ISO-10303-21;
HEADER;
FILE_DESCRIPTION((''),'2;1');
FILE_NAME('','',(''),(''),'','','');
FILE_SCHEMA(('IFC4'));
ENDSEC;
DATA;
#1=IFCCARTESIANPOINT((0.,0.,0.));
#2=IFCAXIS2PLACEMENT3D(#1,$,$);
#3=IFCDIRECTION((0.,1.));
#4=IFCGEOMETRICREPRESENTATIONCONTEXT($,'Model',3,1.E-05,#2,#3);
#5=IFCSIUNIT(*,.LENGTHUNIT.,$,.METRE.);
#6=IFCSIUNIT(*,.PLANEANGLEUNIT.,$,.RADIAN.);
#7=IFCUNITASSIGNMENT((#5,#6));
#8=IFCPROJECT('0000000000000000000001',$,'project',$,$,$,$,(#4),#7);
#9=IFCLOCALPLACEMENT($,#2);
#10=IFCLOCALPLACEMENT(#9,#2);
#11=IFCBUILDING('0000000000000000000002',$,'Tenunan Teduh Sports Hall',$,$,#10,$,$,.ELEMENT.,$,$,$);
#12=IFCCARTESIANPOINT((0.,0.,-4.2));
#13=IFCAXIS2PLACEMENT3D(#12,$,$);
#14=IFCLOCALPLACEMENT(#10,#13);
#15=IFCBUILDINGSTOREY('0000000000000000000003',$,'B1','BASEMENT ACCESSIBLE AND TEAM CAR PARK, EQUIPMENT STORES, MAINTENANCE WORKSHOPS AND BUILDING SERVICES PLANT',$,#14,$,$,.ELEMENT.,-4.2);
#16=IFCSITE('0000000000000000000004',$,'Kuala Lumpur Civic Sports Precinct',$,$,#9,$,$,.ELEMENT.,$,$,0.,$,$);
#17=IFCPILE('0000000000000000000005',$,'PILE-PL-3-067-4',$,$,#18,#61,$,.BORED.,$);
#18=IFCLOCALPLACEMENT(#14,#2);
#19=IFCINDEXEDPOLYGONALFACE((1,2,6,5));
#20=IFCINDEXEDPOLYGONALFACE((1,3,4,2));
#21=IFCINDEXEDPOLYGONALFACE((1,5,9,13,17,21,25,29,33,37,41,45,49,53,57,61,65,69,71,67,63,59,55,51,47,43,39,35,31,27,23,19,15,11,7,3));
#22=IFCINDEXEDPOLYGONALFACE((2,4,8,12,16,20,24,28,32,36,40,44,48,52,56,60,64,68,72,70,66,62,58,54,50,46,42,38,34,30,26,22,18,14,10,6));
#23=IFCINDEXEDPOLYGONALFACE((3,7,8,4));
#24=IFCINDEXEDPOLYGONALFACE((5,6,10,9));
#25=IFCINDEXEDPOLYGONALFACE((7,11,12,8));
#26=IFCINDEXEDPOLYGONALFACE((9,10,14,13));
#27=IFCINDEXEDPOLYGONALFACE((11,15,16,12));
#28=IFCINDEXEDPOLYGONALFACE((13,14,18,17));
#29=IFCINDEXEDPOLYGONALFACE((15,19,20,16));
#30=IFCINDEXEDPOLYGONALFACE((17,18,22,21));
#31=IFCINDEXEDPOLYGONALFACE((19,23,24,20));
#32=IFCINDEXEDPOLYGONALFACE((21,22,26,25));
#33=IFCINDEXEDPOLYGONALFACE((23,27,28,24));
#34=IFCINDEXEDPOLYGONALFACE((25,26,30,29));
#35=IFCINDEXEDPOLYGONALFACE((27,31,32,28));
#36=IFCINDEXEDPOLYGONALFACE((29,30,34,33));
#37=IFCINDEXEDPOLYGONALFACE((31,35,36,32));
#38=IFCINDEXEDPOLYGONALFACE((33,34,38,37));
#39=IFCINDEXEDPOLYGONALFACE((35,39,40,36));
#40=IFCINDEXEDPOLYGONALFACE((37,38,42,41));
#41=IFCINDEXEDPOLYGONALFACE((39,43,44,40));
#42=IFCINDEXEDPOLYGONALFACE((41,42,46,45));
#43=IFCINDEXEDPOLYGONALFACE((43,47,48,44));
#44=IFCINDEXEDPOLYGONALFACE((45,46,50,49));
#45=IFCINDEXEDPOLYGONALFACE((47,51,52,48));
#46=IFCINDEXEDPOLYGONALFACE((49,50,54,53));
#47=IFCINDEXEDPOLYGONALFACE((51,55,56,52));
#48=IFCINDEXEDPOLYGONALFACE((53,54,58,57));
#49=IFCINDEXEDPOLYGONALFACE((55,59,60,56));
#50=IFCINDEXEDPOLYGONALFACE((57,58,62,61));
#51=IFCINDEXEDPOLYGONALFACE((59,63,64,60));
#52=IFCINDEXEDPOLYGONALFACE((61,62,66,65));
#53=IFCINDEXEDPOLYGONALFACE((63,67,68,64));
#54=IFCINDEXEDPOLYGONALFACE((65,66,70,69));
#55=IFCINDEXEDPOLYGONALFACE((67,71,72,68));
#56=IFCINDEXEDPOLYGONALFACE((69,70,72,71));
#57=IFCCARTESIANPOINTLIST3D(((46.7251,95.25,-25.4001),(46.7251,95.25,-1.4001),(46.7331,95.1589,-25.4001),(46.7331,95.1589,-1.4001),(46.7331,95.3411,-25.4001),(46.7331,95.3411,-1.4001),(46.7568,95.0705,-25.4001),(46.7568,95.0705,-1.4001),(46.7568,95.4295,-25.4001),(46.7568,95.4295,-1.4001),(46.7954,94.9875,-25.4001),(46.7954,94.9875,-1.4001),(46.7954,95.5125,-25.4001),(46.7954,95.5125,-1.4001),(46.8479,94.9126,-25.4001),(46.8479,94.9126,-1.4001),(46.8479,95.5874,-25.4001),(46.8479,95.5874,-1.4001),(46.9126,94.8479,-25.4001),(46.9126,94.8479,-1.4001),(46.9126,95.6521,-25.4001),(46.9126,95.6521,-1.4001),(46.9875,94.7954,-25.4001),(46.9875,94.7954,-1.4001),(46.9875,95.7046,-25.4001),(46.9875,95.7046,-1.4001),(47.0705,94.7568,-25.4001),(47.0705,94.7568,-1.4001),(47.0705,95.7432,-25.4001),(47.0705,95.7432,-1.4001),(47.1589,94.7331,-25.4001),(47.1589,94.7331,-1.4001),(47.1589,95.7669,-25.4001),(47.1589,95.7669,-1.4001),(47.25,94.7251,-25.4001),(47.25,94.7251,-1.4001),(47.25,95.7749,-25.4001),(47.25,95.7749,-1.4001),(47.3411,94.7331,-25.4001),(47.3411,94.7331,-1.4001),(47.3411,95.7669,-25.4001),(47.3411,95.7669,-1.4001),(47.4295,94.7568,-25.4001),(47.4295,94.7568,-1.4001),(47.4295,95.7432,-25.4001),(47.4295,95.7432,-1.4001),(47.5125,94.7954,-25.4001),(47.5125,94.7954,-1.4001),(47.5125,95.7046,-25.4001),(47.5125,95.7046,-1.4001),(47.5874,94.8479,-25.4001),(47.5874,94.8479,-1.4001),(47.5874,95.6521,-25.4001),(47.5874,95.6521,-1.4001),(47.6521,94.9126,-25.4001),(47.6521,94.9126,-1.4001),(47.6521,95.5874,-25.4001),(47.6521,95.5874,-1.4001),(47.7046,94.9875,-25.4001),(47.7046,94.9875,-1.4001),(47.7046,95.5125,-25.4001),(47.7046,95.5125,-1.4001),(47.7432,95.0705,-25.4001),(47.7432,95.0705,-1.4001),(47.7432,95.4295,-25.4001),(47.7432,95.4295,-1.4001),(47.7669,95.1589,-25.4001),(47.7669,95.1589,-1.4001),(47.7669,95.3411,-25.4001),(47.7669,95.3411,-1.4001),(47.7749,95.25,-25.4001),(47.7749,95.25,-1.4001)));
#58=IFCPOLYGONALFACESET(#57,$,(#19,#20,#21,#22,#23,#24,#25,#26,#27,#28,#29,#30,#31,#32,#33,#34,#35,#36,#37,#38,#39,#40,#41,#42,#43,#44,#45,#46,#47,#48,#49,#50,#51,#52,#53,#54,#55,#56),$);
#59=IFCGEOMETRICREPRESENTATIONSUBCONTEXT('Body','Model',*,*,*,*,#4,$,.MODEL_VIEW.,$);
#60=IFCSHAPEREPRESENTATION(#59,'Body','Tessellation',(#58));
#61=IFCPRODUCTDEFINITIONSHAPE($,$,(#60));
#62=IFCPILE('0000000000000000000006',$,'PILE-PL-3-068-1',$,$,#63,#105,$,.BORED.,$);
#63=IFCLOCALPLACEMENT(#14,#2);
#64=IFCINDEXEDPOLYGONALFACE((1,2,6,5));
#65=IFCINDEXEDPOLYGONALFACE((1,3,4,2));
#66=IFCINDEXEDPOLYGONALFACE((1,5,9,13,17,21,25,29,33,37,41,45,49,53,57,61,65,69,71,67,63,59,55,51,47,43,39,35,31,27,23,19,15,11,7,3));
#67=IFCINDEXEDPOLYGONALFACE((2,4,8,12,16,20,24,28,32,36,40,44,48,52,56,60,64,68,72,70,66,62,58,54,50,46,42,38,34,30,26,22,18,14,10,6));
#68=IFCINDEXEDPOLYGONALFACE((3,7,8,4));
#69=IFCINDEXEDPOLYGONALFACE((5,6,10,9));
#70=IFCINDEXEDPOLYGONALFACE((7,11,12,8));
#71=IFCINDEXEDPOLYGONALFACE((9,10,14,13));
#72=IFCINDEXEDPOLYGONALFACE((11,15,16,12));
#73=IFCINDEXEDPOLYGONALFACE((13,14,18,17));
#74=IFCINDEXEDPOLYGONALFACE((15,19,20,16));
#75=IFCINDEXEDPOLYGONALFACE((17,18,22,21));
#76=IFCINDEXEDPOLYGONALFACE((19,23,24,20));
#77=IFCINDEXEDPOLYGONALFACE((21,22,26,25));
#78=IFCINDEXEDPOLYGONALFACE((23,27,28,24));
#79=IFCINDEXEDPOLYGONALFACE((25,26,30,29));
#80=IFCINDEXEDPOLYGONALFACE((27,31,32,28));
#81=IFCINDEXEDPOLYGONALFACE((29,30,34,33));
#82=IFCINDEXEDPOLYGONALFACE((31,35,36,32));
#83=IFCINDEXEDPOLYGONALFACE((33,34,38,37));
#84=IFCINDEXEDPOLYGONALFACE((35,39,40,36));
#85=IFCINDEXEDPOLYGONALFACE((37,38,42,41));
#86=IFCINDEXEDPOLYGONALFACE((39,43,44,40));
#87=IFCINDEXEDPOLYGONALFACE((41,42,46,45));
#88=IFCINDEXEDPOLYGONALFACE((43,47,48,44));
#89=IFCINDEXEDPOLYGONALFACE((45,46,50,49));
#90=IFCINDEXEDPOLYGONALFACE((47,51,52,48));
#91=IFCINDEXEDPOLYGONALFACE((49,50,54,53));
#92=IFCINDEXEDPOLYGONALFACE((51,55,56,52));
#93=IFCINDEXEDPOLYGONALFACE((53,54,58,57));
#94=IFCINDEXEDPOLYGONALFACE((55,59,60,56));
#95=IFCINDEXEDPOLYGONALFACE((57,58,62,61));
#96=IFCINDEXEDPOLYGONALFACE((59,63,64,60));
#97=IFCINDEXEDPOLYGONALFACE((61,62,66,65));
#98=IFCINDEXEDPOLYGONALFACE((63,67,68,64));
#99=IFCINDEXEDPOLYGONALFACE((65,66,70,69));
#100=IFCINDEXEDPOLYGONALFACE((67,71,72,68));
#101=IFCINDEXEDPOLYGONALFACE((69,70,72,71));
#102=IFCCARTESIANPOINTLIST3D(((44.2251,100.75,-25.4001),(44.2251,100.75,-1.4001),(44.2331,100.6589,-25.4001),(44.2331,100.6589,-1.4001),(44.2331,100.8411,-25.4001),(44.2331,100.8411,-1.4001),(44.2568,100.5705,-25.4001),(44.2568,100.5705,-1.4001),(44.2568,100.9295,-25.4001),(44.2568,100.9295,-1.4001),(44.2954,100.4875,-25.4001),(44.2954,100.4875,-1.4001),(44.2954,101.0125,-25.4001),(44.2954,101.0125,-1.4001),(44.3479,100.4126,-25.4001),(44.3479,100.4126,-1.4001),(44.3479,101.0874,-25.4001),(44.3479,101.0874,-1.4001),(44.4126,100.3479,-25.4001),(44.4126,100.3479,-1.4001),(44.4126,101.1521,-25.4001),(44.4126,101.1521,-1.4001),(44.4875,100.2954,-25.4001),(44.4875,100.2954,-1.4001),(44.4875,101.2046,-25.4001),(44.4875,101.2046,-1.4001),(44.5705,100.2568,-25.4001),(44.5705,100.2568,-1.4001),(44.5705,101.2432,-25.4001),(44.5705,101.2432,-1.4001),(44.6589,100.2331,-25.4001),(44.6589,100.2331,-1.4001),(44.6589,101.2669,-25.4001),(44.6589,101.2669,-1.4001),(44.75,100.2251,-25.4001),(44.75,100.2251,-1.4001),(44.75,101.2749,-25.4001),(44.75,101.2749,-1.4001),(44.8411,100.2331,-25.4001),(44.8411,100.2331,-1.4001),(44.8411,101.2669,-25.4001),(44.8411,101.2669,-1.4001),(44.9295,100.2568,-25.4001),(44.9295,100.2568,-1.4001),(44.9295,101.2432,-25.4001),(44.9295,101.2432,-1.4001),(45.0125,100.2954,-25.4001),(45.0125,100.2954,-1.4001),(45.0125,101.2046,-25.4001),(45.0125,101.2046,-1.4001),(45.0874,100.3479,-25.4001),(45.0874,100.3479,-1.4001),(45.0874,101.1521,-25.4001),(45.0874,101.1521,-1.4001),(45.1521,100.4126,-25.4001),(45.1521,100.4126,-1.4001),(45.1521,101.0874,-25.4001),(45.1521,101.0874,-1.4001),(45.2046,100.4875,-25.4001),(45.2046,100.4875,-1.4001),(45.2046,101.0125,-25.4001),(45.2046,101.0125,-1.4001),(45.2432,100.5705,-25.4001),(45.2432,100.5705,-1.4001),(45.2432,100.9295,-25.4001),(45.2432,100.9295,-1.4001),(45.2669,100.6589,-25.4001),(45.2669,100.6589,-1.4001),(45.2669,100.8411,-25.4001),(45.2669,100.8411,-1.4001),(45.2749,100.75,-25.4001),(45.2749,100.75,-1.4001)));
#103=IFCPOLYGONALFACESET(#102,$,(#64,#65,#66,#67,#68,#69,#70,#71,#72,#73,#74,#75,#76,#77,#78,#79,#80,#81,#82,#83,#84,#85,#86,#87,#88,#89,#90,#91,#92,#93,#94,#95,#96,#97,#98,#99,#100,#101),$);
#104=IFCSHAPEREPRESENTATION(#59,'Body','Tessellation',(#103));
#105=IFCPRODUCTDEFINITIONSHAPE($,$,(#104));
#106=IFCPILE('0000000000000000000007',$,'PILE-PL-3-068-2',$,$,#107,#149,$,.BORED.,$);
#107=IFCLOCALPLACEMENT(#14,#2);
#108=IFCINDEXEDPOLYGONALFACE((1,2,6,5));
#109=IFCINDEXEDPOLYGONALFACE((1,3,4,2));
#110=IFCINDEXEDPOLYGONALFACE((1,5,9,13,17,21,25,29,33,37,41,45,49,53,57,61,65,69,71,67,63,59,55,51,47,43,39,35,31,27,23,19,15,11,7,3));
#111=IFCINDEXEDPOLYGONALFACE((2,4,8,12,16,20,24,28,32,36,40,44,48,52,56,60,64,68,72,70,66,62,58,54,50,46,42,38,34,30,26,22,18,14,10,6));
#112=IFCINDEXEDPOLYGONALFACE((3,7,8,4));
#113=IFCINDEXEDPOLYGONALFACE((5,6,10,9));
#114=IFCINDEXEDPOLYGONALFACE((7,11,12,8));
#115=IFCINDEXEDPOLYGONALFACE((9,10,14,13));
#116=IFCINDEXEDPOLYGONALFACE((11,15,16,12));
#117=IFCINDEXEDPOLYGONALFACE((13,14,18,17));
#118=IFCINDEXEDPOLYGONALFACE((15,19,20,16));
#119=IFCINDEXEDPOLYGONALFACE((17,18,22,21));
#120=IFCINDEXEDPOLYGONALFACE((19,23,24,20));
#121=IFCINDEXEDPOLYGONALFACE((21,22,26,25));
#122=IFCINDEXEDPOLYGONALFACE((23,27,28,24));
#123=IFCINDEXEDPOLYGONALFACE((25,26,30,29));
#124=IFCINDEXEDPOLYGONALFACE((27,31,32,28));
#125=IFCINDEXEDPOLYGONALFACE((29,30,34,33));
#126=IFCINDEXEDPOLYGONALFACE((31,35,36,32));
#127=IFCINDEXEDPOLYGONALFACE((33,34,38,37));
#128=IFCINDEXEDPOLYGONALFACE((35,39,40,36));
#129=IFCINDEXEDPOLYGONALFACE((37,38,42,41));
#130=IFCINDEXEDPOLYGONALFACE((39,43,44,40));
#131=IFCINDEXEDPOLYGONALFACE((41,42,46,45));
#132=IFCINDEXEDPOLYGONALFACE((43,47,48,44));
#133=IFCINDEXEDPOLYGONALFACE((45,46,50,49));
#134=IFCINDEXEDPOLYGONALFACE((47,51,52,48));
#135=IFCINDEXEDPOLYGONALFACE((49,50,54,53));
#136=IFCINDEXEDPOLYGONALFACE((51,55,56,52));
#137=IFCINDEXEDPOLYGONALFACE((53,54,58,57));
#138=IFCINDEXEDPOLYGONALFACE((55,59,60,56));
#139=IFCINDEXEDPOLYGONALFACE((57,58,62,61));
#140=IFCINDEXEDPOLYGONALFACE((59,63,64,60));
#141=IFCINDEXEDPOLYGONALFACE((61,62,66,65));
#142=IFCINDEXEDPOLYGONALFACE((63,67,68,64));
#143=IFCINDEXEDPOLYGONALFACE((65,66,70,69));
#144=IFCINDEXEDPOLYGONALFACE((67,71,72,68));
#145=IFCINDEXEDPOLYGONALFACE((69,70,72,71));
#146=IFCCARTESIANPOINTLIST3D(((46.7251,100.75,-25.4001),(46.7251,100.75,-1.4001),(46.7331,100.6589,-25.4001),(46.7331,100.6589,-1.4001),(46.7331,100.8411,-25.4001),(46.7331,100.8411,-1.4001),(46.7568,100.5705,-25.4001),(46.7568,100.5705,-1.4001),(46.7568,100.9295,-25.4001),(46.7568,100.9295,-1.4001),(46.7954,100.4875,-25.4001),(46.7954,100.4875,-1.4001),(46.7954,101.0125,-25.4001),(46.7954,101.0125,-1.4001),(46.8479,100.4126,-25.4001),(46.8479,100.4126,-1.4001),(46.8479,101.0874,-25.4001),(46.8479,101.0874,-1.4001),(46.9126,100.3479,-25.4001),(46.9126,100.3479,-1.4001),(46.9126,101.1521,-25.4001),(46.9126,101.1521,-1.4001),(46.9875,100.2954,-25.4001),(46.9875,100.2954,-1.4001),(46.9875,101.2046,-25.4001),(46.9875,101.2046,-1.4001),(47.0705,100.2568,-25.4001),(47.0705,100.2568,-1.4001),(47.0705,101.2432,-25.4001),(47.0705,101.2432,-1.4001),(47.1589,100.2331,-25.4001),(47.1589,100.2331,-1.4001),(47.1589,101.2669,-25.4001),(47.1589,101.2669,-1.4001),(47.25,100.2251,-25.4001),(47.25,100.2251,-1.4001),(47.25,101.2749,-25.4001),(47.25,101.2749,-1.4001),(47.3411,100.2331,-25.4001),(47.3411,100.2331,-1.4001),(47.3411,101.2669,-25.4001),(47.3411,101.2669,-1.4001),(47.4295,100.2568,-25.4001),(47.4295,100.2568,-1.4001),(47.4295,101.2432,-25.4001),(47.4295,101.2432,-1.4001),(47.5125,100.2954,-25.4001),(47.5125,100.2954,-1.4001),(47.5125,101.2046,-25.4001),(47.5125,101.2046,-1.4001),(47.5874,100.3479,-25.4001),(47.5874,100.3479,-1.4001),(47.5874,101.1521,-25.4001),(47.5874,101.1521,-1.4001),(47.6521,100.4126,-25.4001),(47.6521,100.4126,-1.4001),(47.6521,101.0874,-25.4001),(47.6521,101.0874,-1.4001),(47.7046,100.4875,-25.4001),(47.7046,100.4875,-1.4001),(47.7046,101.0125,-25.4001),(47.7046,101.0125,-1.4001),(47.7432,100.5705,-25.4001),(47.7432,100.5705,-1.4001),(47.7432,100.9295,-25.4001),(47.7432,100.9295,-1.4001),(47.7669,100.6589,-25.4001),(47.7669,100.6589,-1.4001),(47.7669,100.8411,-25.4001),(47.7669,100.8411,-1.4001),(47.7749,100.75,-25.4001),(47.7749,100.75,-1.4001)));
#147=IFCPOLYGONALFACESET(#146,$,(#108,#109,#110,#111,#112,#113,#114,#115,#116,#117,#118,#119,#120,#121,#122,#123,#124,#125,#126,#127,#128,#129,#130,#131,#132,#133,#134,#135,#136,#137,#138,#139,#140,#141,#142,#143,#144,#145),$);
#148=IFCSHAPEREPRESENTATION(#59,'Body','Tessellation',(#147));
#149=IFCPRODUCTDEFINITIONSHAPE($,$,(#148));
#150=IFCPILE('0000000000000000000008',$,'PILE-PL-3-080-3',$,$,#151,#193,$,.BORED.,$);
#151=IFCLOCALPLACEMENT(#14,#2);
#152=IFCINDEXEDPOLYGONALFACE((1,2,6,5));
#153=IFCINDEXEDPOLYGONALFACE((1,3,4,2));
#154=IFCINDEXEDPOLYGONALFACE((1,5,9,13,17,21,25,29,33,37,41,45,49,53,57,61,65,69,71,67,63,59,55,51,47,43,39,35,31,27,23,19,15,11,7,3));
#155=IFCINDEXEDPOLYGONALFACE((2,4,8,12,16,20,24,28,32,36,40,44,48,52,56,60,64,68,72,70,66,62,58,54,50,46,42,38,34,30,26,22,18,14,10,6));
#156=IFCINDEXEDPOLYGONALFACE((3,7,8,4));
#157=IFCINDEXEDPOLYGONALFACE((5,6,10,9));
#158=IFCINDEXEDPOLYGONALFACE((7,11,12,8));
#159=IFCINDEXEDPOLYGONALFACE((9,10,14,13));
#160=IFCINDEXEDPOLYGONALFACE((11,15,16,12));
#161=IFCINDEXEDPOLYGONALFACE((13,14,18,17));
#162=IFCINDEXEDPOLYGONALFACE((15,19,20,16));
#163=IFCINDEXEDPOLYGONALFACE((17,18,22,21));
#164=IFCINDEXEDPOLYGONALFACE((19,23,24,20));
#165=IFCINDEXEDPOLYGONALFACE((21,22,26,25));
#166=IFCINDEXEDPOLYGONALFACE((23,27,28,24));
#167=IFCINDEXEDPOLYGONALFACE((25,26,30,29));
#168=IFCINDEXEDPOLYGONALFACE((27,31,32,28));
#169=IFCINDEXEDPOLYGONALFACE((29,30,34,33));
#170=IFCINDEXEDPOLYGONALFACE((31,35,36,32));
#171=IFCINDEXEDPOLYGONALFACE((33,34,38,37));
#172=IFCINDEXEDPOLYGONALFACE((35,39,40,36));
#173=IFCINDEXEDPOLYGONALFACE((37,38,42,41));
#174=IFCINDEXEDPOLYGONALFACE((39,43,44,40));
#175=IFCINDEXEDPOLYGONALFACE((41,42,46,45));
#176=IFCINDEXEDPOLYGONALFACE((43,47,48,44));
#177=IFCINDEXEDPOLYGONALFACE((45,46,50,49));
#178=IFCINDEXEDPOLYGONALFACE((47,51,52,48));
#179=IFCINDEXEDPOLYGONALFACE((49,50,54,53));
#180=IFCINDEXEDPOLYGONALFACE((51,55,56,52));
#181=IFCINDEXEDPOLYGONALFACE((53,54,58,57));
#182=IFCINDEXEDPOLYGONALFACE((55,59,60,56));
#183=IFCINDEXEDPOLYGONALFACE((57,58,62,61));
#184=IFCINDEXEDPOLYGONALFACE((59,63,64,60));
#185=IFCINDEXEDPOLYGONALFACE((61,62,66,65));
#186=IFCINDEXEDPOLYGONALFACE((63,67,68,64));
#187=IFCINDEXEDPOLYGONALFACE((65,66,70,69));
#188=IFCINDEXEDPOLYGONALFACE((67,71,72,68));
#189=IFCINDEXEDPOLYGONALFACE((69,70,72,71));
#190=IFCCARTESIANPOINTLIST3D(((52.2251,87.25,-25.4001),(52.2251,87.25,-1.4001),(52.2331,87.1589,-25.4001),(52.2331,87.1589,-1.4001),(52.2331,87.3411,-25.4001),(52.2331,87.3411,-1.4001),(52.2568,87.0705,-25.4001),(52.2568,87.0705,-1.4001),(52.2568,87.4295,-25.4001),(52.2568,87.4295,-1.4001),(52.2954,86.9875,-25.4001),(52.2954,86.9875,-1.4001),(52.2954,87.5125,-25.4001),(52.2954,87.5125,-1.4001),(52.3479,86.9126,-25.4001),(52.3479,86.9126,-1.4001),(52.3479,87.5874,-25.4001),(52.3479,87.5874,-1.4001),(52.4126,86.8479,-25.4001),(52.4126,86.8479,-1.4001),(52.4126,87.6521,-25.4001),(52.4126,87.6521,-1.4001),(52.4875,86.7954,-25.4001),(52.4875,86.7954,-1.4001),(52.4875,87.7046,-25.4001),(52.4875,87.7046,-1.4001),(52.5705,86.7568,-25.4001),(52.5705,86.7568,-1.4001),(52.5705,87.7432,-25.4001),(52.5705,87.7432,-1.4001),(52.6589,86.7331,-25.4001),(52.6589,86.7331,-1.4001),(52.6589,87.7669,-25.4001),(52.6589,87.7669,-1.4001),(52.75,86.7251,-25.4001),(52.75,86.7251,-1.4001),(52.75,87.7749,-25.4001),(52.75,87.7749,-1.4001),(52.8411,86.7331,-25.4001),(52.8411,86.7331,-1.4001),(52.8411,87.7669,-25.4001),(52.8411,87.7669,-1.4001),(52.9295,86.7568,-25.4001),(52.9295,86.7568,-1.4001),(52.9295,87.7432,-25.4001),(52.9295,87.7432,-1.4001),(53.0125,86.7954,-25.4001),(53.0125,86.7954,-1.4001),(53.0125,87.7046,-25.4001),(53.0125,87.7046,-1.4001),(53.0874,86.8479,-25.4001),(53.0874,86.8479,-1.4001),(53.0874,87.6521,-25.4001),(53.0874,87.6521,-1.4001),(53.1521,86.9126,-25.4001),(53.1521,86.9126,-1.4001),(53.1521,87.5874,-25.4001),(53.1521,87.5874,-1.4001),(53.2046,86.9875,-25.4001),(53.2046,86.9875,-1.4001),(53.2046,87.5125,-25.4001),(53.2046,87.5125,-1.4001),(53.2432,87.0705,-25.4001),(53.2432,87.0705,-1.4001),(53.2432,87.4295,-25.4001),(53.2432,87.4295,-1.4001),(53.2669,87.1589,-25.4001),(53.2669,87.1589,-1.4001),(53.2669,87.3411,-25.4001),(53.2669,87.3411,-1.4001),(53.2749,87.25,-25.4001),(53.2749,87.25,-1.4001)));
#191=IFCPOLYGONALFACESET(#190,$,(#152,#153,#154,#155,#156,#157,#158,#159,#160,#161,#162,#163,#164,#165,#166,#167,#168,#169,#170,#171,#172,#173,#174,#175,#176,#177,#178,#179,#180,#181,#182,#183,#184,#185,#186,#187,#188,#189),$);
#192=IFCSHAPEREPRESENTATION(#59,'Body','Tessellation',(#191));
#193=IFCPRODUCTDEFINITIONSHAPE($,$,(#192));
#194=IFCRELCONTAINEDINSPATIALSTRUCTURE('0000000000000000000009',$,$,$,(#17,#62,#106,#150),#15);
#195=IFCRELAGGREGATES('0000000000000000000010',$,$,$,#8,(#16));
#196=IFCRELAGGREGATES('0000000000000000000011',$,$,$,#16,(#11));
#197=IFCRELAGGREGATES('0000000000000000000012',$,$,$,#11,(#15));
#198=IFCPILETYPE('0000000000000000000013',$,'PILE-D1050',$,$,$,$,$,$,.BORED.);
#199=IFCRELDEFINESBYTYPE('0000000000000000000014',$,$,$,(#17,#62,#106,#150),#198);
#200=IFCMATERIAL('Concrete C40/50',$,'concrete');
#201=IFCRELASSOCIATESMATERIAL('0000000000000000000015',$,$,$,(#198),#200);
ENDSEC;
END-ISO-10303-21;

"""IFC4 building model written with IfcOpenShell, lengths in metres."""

from ifc_helpers import new_model, si_unit, direction, frame, origin, origin_2d, place, context, subcontext, project, spatial, circle, extrude, material, material_profile, profile_set, type_object, element, save


model = new_model("IFC4")

# Units and contexts
model_context = context("Model", 3, precision=1e-05, world=origin(), true_north=direction((0.0, 1.0)))
body_context = subcontext(model_context, "Body", "Model", "MODEL_VIEW")
ifc_project = project(units=[si_unit("LENGTHUNIT", "METRE"), si_unit("PLANEANGLEUNIT", "RADIAN")], contexts=[model_context])

# Site, building, storey
site_placement = place(None, origin())
site = spatial("IfcSite", under=ifc_project, at=site_placement, Name="Kuala Lumpur Civic Sports Precinct", CompositionType="ELEMENT", RefElevation=0.0)
building_placement = place(site_placement, origin())
building = spatial("IfcBuilding", under=site, at=building_placement, Name="Tenunan Teduh Sports Hall", CompositionType="ELEMENT")
storey_placement = place(building_placement, frame((0.0, 0.0, -4.2)))
storey = spatial("IfcBuildingStorey", under=building, at=storey_placement, Name="B1", Description="BASEMENT ACCESSIBLE AND TEAM CAR PARK, EQUIPMENT STORES, MAINTENANCE WORKSHOPS AND BUILDING SERVICES PLANT", CompositionType="ELEMENT", Elevation=-4.2)

# Piles
ifc_material_1 = material(Name="Concrete C40/50", Category="concrete")
ifc_material_profile_1 = material_profile(ifc_material_1, circle(Radius=0.5249, at=origin_2d()), Name="PILE D1050")
ifc_profile_set_1 = profile_set([ifc_material_profile_1], Name="Concrete C40/50")
pile_type_1 = type_object("IfcPileType", Name="PILE-D1050", PredefinedType="BORED", material=ifc_profile_set_1)
for number, where, z_axis, x_axis, name in (
    (1, (47.25, 95.25, -1.4001), (0.0, 0.0, -1.0), (1.0, 0.0, 0.0), "PILE-PL-3-067-4"),
    (2, (44.75, 100.75, -1.4001), (0.0, 0.0, -1.0), (1.0, 0.0, 0.0), "PILE-PL-3-068-1"),
    (3, (47.25, 100.75, -1.4001), (0.0, 0.0, -1.0), (1.0, 0.0, 0.0), "PILE-PL-3-068-2"),
    (4, (52.75, 87.25, -1.4001), (0.0, 0.0, -1.0), (1.0, 0.0, 0.0), "PILE-PL-3-080-3"),
):
    element("IfcPile", number, at=place(storey_placement, frame(where, z_axis=z_axis, x_axis=x_axis)), inside=storey, type_object=pile_type_1, Name=name, PredefinedType="BORED", context=body_context, shape_type="SweptSolid", body=[
        extrude(circle(Radius=0.5249, at=origin_2d()), origin(), (0.0, 0.0, 1.0), 24.0),
    ])

save(model, "model.ifc")
